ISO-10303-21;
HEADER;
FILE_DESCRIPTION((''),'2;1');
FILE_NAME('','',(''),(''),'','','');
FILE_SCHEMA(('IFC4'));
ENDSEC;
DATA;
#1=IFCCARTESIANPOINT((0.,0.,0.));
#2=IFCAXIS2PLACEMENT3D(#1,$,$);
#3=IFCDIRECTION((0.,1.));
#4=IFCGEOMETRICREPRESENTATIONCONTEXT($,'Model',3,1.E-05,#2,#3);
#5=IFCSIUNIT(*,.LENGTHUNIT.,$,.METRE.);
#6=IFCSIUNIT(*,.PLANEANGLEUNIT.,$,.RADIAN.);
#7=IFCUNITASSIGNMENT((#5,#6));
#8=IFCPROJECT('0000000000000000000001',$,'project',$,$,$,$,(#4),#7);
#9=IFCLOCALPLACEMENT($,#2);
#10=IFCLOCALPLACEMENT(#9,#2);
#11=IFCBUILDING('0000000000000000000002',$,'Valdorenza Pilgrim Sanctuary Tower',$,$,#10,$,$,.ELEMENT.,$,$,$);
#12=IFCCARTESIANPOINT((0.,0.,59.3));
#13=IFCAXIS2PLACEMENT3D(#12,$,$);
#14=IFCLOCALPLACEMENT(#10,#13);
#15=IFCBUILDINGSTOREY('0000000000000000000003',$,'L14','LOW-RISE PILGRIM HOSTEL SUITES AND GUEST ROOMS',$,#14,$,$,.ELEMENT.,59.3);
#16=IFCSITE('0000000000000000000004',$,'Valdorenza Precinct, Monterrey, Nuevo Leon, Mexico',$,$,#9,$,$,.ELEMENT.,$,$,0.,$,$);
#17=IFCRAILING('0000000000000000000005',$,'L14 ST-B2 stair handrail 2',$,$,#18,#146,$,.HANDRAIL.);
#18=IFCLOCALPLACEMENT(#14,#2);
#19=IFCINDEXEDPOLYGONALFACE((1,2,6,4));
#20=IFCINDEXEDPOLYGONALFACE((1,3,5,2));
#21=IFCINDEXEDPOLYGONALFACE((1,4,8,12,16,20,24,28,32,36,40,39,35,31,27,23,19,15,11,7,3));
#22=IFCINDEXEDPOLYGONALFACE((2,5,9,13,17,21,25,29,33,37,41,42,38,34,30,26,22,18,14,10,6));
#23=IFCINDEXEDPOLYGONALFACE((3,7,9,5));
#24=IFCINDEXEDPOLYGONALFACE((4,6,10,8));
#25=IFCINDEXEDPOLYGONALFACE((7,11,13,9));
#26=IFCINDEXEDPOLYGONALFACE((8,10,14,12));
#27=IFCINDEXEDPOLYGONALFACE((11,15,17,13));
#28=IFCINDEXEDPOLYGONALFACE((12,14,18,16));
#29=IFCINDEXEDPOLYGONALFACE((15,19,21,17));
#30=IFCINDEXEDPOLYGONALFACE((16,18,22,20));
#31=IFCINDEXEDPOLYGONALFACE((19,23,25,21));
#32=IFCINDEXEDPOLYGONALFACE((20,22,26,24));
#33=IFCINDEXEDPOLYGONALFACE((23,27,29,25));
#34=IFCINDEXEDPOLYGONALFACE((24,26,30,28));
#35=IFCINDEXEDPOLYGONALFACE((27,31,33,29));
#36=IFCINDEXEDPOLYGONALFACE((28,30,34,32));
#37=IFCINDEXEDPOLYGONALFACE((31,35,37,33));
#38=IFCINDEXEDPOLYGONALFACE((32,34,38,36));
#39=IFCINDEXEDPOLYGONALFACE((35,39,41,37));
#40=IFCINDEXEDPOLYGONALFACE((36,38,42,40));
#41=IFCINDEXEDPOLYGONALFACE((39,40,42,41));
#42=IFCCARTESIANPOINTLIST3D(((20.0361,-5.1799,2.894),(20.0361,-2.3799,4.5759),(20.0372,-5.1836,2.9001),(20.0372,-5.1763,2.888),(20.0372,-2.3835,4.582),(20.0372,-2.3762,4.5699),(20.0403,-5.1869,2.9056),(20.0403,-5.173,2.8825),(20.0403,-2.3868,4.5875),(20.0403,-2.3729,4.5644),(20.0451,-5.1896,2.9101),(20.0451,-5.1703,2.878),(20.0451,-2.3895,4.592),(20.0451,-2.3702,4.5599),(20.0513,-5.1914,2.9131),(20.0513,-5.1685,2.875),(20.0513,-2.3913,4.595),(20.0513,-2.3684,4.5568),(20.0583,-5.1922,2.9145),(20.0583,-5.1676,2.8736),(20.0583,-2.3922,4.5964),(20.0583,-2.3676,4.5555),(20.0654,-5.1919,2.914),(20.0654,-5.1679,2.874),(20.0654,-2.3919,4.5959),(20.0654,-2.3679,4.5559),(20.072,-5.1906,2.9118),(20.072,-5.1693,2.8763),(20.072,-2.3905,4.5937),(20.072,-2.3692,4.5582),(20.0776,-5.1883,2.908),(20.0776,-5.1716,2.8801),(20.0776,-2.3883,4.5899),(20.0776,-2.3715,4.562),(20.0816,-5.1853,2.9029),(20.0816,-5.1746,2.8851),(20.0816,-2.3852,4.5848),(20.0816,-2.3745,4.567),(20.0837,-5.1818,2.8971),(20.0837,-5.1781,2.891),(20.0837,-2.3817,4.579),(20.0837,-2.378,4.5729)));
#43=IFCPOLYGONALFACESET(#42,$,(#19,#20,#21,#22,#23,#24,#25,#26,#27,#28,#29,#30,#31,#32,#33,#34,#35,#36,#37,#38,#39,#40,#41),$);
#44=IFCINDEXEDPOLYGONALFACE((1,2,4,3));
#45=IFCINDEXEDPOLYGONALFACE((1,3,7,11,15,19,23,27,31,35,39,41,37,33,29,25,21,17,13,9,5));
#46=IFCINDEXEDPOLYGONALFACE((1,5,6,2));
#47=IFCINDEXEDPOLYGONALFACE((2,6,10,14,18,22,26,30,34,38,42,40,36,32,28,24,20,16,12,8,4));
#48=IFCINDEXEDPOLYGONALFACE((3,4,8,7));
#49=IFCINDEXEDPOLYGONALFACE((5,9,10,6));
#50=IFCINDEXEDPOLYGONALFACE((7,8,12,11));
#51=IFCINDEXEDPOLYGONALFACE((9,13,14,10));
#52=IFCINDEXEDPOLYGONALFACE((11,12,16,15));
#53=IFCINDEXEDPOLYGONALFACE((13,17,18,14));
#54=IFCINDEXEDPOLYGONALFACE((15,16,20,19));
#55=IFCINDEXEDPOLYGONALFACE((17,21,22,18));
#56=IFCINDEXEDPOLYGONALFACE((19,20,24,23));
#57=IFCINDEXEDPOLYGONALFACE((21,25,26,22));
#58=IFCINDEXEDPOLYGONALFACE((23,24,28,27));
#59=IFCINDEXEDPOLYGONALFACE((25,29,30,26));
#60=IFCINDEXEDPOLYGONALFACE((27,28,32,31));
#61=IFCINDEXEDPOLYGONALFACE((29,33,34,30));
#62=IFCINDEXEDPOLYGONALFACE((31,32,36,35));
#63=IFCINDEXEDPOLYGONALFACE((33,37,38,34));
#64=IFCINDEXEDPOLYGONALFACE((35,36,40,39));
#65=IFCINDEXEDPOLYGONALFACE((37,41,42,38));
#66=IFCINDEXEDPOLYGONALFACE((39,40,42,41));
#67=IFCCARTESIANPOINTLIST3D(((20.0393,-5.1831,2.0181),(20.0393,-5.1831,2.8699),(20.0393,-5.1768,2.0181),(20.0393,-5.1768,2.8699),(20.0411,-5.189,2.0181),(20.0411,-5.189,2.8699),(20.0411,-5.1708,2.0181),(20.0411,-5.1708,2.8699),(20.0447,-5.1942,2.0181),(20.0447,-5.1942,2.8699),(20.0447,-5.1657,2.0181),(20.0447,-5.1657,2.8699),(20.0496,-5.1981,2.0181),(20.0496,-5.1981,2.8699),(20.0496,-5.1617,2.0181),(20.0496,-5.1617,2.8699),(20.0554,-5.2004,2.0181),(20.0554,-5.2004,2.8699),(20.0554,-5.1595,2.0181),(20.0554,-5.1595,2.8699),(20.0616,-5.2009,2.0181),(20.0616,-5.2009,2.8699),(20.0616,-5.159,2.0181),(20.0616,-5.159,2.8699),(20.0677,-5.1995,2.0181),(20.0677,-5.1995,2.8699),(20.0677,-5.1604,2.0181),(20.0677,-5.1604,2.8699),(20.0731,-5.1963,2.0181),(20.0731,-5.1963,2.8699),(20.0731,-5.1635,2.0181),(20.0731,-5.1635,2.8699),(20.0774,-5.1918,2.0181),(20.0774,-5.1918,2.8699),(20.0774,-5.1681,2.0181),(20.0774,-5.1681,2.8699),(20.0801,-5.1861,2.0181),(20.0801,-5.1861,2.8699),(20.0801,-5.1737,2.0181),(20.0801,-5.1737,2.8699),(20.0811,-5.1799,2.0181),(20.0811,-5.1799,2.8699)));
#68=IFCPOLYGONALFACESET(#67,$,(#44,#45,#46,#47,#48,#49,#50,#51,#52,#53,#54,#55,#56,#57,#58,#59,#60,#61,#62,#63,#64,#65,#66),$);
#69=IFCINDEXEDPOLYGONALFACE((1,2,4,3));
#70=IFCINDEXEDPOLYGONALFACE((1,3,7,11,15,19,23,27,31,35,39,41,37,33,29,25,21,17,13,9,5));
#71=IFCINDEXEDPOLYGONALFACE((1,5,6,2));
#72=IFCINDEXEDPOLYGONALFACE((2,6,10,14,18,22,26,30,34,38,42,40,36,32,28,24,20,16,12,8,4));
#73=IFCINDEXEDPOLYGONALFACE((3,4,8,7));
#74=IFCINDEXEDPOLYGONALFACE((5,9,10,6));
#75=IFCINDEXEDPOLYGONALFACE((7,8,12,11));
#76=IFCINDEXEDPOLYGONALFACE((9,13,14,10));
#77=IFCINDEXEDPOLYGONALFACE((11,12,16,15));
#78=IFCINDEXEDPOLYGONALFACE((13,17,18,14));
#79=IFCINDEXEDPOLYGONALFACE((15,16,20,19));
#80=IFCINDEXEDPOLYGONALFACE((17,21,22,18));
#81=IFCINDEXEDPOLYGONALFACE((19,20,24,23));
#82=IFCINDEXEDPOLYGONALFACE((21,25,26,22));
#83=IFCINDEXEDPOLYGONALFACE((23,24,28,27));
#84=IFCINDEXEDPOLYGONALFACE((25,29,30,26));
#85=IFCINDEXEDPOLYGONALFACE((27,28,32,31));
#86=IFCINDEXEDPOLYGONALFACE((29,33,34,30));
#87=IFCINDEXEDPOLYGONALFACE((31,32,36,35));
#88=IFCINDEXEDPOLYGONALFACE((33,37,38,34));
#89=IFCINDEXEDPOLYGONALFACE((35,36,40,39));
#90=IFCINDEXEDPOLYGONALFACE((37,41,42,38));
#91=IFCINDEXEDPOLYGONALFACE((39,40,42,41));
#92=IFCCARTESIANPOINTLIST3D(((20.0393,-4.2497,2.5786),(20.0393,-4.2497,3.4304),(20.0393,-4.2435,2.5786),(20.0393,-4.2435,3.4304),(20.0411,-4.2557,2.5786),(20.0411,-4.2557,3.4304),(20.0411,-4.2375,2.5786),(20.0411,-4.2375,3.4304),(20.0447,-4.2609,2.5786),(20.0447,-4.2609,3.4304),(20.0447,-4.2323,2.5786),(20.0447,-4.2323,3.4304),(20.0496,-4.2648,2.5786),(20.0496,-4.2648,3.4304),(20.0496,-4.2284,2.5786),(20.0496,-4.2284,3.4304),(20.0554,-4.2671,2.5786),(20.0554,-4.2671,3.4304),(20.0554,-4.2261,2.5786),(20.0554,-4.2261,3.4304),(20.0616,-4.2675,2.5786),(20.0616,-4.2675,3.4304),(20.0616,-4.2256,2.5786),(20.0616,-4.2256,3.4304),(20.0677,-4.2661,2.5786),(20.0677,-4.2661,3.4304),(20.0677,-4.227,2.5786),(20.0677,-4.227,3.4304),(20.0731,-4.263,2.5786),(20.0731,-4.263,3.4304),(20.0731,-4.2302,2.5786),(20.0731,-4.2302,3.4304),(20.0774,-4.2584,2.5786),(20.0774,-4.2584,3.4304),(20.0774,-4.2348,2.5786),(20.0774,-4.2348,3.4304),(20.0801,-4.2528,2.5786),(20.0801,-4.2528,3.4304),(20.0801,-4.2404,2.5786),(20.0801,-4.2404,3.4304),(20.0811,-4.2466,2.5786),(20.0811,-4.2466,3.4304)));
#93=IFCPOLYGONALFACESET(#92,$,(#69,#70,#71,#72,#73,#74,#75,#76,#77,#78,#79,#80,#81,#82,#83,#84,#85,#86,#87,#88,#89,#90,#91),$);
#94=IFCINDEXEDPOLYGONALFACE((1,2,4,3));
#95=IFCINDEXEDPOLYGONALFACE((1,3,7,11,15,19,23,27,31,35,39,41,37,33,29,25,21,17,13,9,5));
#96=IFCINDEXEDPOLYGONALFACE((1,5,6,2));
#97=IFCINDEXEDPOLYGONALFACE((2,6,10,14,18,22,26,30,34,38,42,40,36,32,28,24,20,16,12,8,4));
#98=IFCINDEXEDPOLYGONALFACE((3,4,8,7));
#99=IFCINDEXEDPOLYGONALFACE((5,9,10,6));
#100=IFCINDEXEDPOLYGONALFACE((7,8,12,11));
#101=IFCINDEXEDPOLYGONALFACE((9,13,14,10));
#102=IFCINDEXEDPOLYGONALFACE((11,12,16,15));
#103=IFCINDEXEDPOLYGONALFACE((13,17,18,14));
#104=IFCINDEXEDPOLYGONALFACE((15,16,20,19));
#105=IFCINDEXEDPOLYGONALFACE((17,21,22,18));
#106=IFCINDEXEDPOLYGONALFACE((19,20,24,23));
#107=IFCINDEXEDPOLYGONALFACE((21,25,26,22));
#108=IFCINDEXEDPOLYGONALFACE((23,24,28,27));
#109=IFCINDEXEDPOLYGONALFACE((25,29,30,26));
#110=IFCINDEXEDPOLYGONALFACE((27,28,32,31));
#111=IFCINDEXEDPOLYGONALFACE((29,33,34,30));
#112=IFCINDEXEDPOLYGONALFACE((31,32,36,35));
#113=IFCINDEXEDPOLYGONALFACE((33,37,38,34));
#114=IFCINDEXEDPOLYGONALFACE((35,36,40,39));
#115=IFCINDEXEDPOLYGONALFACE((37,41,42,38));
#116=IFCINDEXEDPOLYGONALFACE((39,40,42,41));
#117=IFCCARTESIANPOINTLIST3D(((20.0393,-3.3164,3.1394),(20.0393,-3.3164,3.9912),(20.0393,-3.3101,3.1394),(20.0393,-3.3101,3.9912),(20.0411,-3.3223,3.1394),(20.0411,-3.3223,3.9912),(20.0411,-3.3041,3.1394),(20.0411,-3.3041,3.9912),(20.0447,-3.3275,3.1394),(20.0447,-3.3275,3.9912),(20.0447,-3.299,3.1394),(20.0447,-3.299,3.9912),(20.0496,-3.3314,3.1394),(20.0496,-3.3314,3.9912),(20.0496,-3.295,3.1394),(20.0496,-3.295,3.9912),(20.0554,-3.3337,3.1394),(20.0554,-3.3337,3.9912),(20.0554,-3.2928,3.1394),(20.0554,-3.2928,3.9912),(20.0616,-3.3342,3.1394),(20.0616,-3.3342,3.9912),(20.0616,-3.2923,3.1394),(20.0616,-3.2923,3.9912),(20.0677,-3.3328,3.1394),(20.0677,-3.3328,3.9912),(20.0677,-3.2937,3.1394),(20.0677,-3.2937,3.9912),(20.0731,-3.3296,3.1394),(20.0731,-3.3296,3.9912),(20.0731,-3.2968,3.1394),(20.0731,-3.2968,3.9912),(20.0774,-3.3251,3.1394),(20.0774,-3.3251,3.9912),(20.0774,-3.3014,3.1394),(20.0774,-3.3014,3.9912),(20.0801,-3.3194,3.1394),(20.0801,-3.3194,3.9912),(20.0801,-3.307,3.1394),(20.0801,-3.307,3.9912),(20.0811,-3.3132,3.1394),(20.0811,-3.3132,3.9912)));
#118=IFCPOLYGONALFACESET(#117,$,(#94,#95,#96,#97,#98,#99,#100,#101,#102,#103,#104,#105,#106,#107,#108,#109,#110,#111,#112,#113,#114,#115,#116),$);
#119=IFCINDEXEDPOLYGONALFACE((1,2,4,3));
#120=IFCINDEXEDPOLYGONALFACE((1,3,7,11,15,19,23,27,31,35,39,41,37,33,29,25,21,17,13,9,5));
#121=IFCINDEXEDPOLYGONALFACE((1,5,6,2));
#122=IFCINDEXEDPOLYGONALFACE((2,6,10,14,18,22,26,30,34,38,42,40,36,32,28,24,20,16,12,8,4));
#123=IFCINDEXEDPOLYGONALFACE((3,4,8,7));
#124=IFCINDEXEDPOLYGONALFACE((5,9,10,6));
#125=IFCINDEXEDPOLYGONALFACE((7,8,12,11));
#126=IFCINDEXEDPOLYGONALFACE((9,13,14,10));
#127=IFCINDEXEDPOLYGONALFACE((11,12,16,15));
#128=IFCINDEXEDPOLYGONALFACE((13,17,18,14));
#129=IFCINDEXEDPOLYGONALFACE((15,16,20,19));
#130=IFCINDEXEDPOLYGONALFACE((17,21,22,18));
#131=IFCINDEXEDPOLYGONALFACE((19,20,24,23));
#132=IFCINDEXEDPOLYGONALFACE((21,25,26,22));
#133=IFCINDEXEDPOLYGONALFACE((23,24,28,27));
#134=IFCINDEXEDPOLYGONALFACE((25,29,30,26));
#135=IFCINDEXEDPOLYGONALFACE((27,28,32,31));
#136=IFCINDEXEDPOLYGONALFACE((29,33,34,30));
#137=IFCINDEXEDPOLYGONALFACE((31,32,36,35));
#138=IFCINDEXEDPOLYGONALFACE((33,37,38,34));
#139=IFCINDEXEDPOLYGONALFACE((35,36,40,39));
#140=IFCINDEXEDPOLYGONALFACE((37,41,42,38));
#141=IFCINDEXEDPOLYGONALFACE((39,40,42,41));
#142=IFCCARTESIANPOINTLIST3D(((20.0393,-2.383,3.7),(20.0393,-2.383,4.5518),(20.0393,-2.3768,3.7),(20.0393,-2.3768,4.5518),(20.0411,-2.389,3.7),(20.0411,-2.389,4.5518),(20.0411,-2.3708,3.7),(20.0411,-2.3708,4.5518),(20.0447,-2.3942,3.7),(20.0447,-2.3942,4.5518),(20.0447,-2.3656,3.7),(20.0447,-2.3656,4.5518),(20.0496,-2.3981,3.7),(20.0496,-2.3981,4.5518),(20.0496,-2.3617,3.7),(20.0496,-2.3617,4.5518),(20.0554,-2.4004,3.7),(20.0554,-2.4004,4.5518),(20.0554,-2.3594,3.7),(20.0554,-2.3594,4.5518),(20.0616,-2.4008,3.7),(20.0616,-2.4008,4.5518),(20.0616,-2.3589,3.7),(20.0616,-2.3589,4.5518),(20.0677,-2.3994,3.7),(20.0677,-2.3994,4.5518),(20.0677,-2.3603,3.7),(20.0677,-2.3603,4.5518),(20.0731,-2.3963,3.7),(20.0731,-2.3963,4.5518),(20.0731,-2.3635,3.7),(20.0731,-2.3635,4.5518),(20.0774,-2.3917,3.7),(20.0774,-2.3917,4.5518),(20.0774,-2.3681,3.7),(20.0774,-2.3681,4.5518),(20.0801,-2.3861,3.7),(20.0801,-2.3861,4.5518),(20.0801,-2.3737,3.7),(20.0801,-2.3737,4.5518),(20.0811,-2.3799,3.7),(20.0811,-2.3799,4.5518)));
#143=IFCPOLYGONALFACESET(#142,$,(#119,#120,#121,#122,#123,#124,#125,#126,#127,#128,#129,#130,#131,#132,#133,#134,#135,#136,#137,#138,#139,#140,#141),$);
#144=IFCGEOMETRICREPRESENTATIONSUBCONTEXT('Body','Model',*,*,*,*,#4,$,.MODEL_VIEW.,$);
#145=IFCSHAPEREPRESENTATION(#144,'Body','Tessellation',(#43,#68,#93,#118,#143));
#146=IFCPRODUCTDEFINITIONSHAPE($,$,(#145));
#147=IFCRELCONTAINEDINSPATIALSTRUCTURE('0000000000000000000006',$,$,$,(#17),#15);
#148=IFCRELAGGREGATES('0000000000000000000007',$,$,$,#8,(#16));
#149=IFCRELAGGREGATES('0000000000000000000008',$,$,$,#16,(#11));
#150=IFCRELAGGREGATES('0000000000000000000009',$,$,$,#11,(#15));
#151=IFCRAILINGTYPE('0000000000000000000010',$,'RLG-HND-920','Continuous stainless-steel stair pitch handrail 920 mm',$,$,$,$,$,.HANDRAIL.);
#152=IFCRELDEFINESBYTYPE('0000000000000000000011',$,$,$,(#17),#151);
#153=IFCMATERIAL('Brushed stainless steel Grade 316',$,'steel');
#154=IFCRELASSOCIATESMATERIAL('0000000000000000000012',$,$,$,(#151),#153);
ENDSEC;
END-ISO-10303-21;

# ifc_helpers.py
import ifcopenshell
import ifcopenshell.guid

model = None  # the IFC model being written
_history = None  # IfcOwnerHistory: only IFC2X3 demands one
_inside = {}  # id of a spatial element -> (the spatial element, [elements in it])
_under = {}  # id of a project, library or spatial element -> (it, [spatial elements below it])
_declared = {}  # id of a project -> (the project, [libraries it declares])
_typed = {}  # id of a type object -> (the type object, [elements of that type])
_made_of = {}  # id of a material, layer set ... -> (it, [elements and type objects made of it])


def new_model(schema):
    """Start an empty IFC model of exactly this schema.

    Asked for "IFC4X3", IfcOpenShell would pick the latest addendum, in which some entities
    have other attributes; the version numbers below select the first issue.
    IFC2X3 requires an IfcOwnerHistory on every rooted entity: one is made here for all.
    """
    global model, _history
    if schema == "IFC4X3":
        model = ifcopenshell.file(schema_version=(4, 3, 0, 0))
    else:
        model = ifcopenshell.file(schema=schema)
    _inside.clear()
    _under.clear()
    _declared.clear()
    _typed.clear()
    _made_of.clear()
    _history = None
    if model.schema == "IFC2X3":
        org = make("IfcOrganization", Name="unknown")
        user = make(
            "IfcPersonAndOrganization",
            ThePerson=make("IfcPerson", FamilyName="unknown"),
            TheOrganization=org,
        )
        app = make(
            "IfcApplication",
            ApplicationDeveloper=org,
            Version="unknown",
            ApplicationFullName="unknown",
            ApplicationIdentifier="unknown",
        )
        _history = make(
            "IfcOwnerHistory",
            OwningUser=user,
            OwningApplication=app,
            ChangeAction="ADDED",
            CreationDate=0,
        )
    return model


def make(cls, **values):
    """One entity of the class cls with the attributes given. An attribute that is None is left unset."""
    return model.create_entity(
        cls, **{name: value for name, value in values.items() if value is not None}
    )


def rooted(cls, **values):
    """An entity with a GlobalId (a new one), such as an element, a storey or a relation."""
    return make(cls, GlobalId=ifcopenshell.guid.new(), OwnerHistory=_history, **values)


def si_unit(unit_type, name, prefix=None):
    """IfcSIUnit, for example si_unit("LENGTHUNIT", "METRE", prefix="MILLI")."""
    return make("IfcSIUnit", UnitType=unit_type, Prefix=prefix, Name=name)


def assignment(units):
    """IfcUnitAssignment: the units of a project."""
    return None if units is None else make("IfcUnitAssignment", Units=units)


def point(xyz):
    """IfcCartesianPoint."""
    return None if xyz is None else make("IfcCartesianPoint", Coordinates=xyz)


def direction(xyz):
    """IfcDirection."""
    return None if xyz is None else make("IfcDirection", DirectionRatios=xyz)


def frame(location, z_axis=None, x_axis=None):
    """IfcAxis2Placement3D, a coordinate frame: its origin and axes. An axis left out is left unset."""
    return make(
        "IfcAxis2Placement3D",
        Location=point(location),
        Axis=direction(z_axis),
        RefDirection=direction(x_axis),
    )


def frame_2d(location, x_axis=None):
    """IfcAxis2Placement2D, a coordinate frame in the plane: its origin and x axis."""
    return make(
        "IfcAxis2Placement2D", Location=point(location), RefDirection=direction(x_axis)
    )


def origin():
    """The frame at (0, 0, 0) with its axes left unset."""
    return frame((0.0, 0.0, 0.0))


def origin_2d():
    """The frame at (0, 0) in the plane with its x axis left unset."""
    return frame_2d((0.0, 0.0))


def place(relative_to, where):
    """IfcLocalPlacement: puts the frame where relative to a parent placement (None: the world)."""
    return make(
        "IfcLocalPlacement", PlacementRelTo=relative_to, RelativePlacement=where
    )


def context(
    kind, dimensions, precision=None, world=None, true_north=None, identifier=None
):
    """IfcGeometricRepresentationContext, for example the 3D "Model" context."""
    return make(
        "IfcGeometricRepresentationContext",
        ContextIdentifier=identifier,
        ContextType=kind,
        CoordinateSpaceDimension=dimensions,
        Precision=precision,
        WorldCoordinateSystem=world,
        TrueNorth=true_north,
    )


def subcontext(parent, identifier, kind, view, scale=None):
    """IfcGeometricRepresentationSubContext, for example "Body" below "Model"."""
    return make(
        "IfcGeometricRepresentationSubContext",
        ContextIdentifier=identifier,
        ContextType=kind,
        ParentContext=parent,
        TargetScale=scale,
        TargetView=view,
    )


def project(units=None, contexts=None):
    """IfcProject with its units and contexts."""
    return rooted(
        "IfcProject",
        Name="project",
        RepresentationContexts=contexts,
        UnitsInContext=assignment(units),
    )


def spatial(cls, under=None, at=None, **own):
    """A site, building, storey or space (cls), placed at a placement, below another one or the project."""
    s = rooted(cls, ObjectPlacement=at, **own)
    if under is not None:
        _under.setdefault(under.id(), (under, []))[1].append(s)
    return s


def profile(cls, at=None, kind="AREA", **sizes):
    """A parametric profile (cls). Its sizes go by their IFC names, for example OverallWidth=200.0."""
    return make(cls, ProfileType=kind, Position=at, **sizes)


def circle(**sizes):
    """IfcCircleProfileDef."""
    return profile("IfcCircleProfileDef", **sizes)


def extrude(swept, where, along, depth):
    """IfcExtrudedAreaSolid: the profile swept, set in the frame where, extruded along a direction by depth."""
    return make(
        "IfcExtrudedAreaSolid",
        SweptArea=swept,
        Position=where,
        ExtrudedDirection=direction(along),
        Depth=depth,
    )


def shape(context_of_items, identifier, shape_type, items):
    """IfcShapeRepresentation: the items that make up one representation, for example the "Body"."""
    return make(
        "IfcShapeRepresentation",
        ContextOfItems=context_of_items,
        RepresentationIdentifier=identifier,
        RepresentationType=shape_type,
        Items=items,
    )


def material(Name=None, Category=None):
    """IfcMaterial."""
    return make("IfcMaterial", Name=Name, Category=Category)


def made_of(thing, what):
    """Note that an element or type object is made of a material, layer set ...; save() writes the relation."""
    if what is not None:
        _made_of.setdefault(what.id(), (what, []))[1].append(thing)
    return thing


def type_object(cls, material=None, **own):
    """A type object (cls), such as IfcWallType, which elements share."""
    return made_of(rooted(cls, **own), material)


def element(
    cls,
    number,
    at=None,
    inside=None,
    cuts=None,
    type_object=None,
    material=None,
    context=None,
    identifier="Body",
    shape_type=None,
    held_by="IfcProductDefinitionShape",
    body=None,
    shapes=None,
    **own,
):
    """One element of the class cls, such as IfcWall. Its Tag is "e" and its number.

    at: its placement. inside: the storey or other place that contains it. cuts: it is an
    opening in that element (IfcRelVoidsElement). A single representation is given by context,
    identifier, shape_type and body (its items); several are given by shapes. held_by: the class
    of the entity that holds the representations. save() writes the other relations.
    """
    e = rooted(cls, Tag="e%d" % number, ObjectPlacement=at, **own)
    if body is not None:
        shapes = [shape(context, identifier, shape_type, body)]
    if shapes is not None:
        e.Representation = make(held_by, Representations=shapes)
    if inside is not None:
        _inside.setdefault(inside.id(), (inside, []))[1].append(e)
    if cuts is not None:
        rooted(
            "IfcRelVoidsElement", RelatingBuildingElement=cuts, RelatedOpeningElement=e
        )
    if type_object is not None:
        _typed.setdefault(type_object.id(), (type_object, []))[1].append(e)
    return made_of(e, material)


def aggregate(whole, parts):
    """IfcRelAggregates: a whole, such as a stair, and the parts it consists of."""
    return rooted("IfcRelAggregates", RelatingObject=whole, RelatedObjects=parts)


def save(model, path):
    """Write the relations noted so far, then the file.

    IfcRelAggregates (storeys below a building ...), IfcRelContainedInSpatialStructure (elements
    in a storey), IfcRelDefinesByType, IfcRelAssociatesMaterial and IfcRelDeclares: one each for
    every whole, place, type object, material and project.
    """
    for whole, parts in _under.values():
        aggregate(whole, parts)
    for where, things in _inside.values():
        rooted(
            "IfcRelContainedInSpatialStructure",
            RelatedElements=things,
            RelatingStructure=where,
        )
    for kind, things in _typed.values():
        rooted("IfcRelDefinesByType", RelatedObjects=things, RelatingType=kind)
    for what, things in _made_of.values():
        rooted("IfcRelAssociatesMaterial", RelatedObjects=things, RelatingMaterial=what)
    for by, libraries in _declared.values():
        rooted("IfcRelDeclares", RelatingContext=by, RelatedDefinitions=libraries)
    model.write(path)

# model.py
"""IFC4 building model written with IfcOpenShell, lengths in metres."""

from ifc_helpers import new_model, si_unit, direction, frame, origin, origin_2d, place, context, subcontext, project, spatial, circle, extrude, material, type_object, element, save


model = new_model("IFC4")

# Units and contexts
model_context = context("Model", 3, precision=1e-05, world=origin(), true_north=direction((0.0, 1.0)))
body_context = subcontext(model_context, "Body", "Model", "MODEL_VIEW")
ifc_project = project(units=[si_unit("LENGTHUNIT", "METRE"), si_unit("PLANEANGLEUNIT", "RADIAN")], contexts=[model_context])

# Site, building, storey
site_placement = place(None, origin())
site = spatial("IfcSite", under=ifc_project, at=site_placement, Name="Valdorenza Precinct, Monterrey, Nuevo Leon, Mexico", CompositionType="ELEMENT", RefElevation=0.0)
building_placement = place(site_placement, origin())
building = spatial("IfcBuilding", under=site, at=building_placement, Name="Valdorenza Pilgrim Sanctuary Tower", CompositionType="ELEMENT")
storey_placement = place(building_placement, frame((0.0, 0.0, 59.3)))
storey = spatial("IfcBuildingStorey", under=building, at=storey_placement, Name="L14", Description="LOW-RISE PILGRIM HOSTEL SUITES AND GUEST ROOMS", CompositionType="ELEMENT", Elevation=59.3)

# Shared definitions
ifc_material_1 = material(Name="Brushed stainless steel Grade 316", Category="steel")

# Railing
railing_type_1 = type_object("IfcRailingType", Name="RLG-HND-920", Description="Continuous stainless-steel stair pitch handrail 920 mm", PredefinedType="HANDRAIL", material=ifc_material_1)
railing_1_placement = place(storey_placement, frame((20.0601, -5.1799, 2.0181)))
element("IfcRailing", 1, at=railing_1_placement, inside=storey, type_object=railing_type_1, Name="L14 ST-B2 stair handrail 2", PredefinedType="HANDRAIL", context=body_context, shape_type="SweptSolid", body=[
    extrude(circle(Radius=0.0239, at=origin_2d()), frame((0.0, 0.0, 0.876), z_axis=(0.0, 0.857242, 0.514913), x_axis=(-1.0, 0.0, 0.0)), (0.0, 0.0, 1.0), 3.2664),
    extrude(circle(Radius=0.021, at=origin_2d()), origin(), (0.0, 0.0, 1.0), 0.8518),
    extrude(circle(Radius=0.021, at=origin_2d()), frame((0.0, 0.9333, 0.5605)), (0.0, 0.0, 1.0), 0.8518),
    extrude(circle(Radius=0.021, at=origin_2d()), frame((0.0, 1.8667, 1.1213)), (0.0, 0.0, 1.0), 0.8518),
    extrude(circle(Radius=0.021, at=origin_2d()), frame((0.0, 2.8, 1.6819)), (0.0, 0.0, 1.0), 0.8518),
])

save(model, "model.ifc")
